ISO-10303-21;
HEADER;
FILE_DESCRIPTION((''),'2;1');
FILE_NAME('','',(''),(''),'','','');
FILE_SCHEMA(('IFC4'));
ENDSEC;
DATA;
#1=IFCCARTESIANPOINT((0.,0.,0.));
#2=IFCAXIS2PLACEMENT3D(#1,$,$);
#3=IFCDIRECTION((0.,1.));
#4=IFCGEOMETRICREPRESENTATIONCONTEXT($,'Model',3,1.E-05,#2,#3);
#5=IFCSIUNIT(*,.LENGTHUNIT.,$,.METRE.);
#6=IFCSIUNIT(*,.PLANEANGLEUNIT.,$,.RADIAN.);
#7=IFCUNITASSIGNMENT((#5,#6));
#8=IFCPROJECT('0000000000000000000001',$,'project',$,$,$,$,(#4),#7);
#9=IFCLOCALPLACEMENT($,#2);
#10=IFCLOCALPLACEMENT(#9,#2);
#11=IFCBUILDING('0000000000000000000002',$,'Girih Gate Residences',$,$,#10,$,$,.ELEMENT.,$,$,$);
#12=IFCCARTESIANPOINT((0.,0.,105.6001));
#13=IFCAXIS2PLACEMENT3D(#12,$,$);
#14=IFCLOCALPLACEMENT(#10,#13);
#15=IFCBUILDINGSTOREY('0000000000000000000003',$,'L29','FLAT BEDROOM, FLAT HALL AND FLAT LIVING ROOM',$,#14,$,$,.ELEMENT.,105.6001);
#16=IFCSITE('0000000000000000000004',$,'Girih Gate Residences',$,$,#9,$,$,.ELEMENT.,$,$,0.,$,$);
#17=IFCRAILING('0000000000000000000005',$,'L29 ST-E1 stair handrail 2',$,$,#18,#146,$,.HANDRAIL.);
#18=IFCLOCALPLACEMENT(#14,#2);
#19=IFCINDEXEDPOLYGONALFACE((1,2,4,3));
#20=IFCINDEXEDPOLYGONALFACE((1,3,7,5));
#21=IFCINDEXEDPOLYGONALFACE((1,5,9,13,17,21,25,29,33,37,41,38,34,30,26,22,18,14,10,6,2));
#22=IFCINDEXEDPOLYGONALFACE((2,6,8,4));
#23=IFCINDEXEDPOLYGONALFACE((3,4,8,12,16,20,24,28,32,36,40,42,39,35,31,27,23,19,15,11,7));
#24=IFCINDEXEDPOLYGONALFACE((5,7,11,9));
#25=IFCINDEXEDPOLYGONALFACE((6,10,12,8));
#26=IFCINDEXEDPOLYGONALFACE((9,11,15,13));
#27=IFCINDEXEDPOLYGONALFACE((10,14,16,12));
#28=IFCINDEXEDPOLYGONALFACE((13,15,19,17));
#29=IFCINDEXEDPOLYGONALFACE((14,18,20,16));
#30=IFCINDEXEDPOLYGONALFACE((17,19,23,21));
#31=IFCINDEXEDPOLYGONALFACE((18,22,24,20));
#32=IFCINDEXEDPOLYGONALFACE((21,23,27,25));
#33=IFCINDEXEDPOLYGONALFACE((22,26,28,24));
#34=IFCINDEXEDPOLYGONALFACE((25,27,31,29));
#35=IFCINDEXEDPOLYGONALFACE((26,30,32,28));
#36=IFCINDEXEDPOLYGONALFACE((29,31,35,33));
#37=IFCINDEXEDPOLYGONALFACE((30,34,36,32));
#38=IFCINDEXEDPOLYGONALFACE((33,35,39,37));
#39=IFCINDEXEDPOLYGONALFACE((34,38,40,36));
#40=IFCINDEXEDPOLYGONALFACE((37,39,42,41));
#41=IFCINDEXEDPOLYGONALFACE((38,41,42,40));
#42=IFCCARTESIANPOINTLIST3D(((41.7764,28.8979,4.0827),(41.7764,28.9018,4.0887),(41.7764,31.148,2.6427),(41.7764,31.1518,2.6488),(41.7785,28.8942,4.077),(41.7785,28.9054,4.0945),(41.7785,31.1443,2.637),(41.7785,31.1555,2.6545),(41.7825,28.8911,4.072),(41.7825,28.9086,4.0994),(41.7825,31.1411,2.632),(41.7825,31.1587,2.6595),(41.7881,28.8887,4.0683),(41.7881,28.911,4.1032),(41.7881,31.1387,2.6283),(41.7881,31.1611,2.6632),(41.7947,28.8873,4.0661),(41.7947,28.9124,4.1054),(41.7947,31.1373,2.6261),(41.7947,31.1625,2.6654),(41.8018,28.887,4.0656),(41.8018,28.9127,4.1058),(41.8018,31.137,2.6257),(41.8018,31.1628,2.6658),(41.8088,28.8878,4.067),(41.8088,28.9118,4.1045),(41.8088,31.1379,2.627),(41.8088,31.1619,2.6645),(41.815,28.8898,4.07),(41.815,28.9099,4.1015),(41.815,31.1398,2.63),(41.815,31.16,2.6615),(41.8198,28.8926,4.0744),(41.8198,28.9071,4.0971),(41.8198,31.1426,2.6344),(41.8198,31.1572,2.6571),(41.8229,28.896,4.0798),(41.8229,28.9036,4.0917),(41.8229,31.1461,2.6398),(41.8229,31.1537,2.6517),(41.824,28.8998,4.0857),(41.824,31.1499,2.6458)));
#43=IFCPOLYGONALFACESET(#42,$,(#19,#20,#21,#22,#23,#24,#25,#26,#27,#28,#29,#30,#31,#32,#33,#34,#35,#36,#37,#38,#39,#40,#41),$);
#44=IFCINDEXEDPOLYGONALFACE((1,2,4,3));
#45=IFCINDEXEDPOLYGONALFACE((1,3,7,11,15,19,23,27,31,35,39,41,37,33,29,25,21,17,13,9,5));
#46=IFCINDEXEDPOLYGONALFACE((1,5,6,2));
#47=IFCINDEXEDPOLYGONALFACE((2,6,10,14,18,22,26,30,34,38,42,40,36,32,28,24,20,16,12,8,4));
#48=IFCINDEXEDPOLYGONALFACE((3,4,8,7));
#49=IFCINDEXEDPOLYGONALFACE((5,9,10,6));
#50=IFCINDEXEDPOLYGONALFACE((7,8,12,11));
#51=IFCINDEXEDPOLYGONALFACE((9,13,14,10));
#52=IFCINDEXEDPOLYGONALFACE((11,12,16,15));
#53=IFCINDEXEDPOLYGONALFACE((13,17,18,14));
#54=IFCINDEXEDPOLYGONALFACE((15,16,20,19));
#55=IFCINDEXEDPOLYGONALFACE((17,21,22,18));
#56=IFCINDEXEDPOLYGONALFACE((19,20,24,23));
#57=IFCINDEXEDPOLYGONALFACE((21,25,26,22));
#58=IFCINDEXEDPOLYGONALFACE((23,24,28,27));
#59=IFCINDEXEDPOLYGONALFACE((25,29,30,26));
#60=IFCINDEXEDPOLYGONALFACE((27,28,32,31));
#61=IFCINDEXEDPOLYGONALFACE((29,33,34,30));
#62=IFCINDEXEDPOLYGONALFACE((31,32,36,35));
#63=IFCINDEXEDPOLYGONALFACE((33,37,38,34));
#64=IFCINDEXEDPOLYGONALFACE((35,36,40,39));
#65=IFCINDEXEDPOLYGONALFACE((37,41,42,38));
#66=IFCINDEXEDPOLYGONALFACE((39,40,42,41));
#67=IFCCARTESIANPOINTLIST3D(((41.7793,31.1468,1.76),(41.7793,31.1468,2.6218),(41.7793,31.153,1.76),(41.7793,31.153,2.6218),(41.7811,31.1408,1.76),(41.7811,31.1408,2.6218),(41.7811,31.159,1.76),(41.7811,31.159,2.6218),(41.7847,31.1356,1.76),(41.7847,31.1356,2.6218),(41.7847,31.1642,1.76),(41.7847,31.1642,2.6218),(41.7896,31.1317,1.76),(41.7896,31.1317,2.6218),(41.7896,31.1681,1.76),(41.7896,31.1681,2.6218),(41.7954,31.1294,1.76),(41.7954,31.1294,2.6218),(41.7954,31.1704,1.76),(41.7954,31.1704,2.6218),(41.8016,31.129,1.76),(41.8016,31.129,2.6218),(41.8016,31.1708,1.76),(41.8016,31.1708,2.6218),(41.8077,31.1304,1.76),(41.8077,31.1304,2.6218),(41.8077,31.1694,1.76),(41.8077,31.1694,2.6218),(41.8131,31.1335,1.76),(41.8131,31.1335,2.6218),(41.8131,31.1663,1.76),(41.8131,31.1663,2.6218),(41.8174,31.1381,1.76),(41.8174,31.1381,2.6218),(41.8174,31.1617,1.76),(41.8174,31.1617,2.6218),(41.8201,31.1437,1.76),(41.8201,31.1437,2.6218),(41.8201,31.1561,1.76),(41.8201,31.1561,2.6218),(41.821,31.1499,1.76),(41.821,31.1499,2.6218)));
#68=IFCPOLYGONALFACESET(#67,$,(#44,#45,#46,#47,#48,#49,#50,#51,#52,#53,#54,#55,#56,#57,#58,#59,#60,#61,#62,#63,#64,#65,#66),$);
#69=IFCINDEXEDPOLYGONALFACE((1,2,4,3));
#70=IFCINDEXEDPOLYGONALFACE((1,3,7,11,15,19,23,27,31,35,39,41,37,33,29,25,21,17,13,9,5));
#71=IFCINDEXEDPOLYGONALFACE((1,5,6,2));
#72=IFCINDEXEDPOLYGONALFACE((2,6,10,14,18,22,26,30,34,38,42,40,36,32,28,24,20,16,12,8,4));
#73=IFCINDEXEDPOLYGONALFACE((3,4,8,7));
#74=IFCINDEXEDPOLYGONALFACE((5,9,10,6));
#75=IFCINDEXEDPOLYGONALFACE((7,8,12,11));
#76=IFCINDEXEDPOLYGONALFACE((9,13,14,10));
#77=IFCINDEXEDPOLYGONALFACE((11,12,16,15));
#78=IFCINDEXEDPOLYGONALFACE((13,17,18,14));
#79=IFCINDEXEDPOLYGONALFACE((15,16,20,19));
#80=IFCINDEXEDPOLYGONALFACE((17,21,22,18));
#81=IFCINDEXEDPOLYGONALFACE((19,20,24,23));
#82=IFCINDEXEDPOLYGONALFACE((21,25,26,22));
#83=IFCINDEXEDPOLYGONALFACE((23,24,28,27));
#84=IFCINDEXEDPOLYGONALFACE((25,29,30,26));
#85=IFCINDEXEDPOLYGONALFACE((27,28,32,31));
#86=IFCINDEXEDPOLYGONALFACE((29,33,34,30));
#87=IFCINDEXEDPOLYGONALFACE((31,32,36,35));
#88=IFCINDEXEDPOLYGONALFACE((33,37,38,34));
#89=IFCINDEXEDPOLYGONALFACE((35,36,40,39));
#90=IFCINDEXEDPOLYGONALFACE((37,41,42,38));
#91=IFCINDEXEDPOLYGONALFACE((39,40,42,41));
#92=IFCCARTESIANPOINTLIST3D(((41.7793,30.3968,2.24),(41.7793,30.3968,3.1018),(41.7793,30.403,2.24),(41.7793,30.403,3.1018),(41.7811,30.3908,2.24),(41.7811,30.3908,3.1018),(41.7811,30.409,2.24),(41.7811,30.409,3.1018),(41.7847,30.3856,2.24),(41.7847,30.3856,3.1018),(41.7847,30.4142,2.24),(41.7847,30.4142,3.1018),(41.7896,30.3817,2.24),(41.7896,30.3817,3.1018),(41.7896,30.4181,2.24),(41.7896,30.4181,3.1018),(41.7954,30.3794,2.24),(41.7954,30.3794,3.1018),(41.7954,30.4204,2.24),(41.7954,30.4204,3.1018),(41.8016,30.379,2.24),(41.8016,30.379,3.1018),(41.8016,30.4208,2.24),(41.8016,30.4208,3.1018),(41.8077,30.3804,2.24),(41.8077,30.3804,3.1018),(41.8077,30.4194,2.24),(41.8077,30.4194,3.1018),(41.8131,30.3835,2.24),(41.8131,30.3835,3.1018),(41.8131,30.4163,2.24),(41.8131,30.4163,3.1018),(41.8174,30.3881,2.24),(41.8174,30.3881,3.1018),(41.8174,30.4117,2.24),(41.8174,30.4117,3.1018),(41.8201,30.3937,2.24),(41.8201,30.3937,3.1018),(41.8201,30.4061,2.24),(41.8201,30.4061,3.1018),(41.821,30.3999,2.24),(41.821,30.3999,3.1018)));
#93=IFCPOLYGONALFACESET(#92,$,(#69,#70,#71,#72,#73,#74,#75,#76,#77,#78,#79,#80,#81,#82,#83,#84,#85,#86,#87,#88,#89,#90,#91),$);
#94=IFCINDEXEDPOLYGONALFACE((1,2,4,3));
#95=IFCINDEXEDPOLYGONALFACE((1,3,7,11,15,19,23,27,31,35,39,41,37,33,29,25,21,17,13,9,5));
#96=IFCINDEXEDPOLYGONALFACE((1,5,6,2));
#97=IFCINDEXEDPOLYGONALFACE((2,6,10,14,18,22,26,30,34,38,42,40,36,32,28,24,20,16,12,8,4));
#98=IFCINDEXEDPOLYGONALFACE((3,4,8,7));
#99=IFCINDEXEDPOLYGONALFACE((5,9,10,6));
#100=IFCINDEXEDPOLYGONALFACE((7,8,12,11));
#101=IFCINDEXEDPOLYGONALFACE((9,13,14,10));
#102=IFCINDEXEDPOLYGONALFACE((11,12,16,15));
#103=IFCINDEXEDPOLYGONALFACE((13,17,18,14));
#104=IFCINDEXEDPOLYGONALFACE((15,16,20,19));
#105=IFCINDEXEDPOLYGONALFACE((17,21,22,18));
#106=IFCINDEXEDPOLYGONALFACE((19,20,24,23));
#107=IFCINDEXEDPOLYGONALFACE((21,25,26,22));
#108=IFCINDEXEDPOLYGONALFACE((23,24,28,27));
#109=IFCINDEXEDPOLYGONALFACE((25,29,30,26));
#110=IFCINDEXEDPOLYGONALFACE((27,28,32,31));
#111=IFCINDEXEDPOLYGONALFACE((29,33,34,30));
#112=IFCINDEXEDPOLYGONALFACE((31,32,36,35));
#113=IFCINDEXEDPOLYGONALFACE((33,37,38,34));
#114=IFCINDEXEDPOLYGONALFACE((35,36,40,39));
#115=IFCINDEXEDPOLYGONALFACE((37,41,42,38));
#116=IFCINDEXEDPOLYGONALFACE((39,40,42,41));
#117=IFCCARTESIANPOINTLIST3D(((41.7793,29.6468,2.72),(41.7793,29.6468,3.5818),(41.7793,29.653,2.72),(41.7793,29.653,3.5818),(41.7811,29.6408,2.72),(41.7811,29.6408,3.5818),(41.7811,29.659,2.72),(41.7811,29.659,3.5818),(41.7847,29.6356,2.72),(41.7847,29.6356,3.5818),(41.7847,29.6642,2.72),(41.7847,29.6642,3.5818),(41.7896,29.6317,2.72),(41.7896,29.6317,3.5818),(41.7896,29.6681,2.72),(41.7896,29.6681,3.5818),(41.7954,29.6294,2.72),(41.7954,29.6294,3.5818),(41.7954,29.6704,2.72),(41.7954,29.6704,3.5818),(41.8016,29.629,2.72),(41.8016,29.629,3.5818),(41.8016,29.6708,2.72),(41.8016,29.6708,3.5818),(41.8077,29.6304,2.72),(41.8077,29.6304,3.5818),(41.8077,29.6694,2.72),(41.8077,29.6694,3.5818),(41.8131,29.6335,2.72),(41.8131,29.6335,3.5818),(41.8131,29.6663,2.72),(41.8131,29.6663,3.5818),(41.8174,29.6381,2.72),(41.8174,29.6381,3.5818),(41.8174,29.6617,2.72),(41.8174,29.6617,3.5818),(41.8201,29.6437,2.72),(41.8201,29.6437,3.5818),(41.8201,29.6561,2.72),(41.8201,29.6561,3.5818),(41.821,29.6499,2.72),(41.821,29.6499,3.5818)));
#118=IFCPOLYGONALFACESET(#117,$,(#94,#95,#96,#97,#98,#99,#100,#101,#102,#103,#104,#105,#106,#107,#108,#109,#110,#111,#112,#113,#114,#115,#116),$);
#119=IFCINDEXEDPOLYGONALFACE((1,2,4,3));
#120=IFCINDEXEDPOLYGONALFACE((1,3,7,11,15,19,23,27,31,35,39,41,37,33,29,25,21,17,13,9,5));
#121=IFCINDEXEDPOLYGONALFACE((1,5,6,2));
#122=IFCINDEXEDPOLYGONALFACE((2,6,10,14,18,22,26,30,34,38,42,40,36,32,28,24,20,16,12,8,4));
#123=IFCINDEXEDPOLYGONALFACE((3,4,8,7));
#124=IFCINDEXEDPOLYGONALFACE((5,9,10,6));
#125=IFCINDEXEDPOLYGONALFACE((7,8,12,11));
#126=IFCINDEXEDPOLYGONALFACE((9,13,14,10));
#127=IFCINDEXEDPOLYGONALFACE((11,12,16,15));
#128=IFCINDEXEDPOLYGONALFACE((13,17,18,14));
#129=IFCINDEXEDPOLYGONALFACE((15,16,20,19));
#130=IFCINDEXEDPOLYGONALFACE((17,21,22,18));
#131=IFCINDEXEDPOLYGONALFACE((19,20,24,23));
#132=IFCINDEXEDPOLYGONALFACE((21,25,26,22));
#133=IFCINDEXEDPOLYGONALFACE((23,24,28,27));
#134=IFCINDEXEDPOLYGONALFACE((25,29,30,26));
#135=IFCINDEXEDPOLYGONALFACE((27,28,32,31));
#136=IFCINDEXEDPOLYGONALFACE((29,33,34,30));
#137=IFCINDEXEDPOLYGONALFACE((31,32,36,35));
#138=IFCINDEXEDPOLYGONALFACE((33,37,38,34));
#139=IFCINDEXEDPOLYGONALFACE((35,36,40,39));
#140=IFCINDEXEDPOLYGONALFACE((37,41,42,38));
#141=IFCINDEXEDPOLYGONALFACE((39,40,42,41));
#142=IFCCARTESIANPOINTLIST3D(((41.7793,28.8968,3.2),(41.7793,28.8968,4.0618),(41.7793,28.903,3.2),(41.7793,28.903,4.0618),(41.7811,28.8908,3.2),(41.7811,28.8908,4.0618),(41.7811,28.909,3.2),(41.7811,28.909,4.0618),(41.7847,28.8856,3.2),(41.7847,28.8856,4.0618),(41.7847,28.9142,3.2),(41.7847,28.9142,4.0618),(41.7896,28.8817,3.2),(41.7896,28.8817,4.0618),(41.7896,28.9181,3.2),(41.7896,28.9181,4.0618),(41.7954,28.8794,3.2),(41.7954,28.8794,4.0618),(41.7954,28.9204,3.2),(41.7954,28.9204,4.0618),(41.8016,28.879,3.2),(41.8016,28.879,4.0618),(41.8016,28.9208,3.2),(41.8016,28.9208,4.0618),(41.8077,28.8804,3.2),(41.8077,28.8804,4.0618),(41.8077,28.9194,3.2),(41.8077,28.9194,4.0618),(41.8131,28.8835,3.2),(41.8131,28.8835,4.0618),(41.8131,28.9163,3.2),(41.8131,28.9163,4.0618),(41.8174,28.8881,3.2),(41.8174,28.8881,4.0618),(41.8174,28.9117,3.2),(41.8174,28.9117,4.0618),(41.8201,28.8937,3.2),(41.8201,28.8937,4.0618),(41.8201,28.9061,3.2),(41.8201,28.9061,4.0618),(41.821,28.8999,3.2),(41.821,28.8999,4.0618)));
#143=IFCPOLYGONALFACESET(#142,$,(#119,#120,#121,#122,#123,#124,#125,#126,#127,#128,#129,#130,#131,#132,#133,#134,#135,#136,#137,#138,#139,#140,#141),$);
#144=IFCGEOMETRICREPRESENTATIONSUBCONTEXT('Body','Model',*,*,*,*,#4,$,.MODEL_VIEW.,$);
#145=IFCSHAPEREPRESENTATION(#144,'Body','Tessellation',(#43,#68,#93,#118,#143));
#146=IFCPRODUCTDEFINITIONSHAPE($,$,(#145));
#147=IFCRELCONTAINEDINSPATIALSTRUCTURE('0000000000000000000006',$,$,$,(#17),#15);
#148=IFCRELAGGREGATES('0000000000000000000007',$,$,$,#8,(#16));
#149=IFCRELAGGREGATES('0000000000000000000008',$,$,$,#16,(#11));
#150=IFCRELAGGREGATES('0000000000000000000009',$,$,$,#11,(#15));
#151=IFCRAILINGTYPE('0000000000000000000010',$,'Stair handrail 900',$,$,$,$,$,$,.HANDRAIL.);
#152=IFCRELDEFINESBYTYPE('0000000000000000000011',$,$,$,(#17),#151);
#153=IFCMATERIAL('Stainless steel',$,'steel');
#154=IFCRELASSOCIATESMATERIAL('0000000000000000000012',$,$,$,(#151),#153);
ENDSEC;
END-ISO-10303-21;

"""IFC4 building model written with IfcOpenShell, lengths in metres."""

from ifc_helpers import new_model, si_unit, direction, frame, origin, origin_2d, place, context, subcontext, project, spatial, circle, extrude, material, type_object, element, save


model = new_model("IFC4")

# Units and contexts
model_context = context("Model", 3, precision=1e-05, world=origin(), true_north=direction((0.0, 1.0)))
body_context = subcontext(model_context, "Body", "Model", "MODEL_VIEW")
ifc_project = project(units=[si_unit("LENGTHUNIT", "METRE"), si_unit("PLANEANGLEUNIT", "RADIAN")], contexts=[model_context])

# Site, building, storey
site_placement = place(None, origin())
site = spatial("IfcSite", under=ifc_project, at=site_placement, Name="Girih Gate Residences", CompositionType="ELEMENT", RefElevation=0.0)
building_placement = place(site_placement, origin())
building = spatial("IfcBuilding", under=site, at=building_placement, Name="Girih Gate Residences", CompositionType="ELEMENT")
storey_placement = place(building_placement, frame((0.0, 0.0, 105.6001)))
storey = spatial("IfcBuildingStorey", under=building, at=storey_placement, Name="L29", Description="FLAT BEDROOM, FLAT HALL AND FLAT LIVING ROOM", CompositionType="ELEMENT", Elevation=105.6001)

# Railing
ifc_material_1 = material(Name="Stainless steel", Category="steel")
railing_type_1 = type_object("IfcRailingType", Name="Stair handrail 900", PredefinedType="HANDRAIL", material=ifc_material_1)
railing_1_placement = place(storey_placement, frame((41.8, 31.1499, 1.76)))
element("IfcRailing", 1, at=railing_1_placement, inside=storey, type_object=railing_type_1, Name="L29 ST-E1 stair handrail 2", PredefinedType="HANDRAIL", context=body_context, shape_type="SweptSolid", body=[
    extrude(circle(Radius=0.0239, at=origin_2d()), frame((0.0, 0.0, 0.8857), z_axis=(0.0, -0.842281, 0.539038), x_axis=(1.0, 0.0, 0.0)), (0.0, 0.0, 1.0), 2.6714),
    extrude(circle(Radius=0.021, at=origin_2d()), origin(), (0.0, 0.0, 1.0), 0.8618),
    extrude(circle(Radius=0.021, at=origin_2d()), frame((0.0, -0.75, 0.48)), (0.0, 0.0, 1.0), 0.8618),
    extrude(circle(Radius=0.021, at=origin_2d()), frame((0.0, -1.5, 0.96)), (0.0, 0.0, 1.0), 0.8618),
    extrude(circle(Radius=0.021, at=origin_2d()), frame((0.0, -2.25, 1.4399)), (0.0, 0.0, 1.0), 0.8618),
])

save(model, "model.ifc")
